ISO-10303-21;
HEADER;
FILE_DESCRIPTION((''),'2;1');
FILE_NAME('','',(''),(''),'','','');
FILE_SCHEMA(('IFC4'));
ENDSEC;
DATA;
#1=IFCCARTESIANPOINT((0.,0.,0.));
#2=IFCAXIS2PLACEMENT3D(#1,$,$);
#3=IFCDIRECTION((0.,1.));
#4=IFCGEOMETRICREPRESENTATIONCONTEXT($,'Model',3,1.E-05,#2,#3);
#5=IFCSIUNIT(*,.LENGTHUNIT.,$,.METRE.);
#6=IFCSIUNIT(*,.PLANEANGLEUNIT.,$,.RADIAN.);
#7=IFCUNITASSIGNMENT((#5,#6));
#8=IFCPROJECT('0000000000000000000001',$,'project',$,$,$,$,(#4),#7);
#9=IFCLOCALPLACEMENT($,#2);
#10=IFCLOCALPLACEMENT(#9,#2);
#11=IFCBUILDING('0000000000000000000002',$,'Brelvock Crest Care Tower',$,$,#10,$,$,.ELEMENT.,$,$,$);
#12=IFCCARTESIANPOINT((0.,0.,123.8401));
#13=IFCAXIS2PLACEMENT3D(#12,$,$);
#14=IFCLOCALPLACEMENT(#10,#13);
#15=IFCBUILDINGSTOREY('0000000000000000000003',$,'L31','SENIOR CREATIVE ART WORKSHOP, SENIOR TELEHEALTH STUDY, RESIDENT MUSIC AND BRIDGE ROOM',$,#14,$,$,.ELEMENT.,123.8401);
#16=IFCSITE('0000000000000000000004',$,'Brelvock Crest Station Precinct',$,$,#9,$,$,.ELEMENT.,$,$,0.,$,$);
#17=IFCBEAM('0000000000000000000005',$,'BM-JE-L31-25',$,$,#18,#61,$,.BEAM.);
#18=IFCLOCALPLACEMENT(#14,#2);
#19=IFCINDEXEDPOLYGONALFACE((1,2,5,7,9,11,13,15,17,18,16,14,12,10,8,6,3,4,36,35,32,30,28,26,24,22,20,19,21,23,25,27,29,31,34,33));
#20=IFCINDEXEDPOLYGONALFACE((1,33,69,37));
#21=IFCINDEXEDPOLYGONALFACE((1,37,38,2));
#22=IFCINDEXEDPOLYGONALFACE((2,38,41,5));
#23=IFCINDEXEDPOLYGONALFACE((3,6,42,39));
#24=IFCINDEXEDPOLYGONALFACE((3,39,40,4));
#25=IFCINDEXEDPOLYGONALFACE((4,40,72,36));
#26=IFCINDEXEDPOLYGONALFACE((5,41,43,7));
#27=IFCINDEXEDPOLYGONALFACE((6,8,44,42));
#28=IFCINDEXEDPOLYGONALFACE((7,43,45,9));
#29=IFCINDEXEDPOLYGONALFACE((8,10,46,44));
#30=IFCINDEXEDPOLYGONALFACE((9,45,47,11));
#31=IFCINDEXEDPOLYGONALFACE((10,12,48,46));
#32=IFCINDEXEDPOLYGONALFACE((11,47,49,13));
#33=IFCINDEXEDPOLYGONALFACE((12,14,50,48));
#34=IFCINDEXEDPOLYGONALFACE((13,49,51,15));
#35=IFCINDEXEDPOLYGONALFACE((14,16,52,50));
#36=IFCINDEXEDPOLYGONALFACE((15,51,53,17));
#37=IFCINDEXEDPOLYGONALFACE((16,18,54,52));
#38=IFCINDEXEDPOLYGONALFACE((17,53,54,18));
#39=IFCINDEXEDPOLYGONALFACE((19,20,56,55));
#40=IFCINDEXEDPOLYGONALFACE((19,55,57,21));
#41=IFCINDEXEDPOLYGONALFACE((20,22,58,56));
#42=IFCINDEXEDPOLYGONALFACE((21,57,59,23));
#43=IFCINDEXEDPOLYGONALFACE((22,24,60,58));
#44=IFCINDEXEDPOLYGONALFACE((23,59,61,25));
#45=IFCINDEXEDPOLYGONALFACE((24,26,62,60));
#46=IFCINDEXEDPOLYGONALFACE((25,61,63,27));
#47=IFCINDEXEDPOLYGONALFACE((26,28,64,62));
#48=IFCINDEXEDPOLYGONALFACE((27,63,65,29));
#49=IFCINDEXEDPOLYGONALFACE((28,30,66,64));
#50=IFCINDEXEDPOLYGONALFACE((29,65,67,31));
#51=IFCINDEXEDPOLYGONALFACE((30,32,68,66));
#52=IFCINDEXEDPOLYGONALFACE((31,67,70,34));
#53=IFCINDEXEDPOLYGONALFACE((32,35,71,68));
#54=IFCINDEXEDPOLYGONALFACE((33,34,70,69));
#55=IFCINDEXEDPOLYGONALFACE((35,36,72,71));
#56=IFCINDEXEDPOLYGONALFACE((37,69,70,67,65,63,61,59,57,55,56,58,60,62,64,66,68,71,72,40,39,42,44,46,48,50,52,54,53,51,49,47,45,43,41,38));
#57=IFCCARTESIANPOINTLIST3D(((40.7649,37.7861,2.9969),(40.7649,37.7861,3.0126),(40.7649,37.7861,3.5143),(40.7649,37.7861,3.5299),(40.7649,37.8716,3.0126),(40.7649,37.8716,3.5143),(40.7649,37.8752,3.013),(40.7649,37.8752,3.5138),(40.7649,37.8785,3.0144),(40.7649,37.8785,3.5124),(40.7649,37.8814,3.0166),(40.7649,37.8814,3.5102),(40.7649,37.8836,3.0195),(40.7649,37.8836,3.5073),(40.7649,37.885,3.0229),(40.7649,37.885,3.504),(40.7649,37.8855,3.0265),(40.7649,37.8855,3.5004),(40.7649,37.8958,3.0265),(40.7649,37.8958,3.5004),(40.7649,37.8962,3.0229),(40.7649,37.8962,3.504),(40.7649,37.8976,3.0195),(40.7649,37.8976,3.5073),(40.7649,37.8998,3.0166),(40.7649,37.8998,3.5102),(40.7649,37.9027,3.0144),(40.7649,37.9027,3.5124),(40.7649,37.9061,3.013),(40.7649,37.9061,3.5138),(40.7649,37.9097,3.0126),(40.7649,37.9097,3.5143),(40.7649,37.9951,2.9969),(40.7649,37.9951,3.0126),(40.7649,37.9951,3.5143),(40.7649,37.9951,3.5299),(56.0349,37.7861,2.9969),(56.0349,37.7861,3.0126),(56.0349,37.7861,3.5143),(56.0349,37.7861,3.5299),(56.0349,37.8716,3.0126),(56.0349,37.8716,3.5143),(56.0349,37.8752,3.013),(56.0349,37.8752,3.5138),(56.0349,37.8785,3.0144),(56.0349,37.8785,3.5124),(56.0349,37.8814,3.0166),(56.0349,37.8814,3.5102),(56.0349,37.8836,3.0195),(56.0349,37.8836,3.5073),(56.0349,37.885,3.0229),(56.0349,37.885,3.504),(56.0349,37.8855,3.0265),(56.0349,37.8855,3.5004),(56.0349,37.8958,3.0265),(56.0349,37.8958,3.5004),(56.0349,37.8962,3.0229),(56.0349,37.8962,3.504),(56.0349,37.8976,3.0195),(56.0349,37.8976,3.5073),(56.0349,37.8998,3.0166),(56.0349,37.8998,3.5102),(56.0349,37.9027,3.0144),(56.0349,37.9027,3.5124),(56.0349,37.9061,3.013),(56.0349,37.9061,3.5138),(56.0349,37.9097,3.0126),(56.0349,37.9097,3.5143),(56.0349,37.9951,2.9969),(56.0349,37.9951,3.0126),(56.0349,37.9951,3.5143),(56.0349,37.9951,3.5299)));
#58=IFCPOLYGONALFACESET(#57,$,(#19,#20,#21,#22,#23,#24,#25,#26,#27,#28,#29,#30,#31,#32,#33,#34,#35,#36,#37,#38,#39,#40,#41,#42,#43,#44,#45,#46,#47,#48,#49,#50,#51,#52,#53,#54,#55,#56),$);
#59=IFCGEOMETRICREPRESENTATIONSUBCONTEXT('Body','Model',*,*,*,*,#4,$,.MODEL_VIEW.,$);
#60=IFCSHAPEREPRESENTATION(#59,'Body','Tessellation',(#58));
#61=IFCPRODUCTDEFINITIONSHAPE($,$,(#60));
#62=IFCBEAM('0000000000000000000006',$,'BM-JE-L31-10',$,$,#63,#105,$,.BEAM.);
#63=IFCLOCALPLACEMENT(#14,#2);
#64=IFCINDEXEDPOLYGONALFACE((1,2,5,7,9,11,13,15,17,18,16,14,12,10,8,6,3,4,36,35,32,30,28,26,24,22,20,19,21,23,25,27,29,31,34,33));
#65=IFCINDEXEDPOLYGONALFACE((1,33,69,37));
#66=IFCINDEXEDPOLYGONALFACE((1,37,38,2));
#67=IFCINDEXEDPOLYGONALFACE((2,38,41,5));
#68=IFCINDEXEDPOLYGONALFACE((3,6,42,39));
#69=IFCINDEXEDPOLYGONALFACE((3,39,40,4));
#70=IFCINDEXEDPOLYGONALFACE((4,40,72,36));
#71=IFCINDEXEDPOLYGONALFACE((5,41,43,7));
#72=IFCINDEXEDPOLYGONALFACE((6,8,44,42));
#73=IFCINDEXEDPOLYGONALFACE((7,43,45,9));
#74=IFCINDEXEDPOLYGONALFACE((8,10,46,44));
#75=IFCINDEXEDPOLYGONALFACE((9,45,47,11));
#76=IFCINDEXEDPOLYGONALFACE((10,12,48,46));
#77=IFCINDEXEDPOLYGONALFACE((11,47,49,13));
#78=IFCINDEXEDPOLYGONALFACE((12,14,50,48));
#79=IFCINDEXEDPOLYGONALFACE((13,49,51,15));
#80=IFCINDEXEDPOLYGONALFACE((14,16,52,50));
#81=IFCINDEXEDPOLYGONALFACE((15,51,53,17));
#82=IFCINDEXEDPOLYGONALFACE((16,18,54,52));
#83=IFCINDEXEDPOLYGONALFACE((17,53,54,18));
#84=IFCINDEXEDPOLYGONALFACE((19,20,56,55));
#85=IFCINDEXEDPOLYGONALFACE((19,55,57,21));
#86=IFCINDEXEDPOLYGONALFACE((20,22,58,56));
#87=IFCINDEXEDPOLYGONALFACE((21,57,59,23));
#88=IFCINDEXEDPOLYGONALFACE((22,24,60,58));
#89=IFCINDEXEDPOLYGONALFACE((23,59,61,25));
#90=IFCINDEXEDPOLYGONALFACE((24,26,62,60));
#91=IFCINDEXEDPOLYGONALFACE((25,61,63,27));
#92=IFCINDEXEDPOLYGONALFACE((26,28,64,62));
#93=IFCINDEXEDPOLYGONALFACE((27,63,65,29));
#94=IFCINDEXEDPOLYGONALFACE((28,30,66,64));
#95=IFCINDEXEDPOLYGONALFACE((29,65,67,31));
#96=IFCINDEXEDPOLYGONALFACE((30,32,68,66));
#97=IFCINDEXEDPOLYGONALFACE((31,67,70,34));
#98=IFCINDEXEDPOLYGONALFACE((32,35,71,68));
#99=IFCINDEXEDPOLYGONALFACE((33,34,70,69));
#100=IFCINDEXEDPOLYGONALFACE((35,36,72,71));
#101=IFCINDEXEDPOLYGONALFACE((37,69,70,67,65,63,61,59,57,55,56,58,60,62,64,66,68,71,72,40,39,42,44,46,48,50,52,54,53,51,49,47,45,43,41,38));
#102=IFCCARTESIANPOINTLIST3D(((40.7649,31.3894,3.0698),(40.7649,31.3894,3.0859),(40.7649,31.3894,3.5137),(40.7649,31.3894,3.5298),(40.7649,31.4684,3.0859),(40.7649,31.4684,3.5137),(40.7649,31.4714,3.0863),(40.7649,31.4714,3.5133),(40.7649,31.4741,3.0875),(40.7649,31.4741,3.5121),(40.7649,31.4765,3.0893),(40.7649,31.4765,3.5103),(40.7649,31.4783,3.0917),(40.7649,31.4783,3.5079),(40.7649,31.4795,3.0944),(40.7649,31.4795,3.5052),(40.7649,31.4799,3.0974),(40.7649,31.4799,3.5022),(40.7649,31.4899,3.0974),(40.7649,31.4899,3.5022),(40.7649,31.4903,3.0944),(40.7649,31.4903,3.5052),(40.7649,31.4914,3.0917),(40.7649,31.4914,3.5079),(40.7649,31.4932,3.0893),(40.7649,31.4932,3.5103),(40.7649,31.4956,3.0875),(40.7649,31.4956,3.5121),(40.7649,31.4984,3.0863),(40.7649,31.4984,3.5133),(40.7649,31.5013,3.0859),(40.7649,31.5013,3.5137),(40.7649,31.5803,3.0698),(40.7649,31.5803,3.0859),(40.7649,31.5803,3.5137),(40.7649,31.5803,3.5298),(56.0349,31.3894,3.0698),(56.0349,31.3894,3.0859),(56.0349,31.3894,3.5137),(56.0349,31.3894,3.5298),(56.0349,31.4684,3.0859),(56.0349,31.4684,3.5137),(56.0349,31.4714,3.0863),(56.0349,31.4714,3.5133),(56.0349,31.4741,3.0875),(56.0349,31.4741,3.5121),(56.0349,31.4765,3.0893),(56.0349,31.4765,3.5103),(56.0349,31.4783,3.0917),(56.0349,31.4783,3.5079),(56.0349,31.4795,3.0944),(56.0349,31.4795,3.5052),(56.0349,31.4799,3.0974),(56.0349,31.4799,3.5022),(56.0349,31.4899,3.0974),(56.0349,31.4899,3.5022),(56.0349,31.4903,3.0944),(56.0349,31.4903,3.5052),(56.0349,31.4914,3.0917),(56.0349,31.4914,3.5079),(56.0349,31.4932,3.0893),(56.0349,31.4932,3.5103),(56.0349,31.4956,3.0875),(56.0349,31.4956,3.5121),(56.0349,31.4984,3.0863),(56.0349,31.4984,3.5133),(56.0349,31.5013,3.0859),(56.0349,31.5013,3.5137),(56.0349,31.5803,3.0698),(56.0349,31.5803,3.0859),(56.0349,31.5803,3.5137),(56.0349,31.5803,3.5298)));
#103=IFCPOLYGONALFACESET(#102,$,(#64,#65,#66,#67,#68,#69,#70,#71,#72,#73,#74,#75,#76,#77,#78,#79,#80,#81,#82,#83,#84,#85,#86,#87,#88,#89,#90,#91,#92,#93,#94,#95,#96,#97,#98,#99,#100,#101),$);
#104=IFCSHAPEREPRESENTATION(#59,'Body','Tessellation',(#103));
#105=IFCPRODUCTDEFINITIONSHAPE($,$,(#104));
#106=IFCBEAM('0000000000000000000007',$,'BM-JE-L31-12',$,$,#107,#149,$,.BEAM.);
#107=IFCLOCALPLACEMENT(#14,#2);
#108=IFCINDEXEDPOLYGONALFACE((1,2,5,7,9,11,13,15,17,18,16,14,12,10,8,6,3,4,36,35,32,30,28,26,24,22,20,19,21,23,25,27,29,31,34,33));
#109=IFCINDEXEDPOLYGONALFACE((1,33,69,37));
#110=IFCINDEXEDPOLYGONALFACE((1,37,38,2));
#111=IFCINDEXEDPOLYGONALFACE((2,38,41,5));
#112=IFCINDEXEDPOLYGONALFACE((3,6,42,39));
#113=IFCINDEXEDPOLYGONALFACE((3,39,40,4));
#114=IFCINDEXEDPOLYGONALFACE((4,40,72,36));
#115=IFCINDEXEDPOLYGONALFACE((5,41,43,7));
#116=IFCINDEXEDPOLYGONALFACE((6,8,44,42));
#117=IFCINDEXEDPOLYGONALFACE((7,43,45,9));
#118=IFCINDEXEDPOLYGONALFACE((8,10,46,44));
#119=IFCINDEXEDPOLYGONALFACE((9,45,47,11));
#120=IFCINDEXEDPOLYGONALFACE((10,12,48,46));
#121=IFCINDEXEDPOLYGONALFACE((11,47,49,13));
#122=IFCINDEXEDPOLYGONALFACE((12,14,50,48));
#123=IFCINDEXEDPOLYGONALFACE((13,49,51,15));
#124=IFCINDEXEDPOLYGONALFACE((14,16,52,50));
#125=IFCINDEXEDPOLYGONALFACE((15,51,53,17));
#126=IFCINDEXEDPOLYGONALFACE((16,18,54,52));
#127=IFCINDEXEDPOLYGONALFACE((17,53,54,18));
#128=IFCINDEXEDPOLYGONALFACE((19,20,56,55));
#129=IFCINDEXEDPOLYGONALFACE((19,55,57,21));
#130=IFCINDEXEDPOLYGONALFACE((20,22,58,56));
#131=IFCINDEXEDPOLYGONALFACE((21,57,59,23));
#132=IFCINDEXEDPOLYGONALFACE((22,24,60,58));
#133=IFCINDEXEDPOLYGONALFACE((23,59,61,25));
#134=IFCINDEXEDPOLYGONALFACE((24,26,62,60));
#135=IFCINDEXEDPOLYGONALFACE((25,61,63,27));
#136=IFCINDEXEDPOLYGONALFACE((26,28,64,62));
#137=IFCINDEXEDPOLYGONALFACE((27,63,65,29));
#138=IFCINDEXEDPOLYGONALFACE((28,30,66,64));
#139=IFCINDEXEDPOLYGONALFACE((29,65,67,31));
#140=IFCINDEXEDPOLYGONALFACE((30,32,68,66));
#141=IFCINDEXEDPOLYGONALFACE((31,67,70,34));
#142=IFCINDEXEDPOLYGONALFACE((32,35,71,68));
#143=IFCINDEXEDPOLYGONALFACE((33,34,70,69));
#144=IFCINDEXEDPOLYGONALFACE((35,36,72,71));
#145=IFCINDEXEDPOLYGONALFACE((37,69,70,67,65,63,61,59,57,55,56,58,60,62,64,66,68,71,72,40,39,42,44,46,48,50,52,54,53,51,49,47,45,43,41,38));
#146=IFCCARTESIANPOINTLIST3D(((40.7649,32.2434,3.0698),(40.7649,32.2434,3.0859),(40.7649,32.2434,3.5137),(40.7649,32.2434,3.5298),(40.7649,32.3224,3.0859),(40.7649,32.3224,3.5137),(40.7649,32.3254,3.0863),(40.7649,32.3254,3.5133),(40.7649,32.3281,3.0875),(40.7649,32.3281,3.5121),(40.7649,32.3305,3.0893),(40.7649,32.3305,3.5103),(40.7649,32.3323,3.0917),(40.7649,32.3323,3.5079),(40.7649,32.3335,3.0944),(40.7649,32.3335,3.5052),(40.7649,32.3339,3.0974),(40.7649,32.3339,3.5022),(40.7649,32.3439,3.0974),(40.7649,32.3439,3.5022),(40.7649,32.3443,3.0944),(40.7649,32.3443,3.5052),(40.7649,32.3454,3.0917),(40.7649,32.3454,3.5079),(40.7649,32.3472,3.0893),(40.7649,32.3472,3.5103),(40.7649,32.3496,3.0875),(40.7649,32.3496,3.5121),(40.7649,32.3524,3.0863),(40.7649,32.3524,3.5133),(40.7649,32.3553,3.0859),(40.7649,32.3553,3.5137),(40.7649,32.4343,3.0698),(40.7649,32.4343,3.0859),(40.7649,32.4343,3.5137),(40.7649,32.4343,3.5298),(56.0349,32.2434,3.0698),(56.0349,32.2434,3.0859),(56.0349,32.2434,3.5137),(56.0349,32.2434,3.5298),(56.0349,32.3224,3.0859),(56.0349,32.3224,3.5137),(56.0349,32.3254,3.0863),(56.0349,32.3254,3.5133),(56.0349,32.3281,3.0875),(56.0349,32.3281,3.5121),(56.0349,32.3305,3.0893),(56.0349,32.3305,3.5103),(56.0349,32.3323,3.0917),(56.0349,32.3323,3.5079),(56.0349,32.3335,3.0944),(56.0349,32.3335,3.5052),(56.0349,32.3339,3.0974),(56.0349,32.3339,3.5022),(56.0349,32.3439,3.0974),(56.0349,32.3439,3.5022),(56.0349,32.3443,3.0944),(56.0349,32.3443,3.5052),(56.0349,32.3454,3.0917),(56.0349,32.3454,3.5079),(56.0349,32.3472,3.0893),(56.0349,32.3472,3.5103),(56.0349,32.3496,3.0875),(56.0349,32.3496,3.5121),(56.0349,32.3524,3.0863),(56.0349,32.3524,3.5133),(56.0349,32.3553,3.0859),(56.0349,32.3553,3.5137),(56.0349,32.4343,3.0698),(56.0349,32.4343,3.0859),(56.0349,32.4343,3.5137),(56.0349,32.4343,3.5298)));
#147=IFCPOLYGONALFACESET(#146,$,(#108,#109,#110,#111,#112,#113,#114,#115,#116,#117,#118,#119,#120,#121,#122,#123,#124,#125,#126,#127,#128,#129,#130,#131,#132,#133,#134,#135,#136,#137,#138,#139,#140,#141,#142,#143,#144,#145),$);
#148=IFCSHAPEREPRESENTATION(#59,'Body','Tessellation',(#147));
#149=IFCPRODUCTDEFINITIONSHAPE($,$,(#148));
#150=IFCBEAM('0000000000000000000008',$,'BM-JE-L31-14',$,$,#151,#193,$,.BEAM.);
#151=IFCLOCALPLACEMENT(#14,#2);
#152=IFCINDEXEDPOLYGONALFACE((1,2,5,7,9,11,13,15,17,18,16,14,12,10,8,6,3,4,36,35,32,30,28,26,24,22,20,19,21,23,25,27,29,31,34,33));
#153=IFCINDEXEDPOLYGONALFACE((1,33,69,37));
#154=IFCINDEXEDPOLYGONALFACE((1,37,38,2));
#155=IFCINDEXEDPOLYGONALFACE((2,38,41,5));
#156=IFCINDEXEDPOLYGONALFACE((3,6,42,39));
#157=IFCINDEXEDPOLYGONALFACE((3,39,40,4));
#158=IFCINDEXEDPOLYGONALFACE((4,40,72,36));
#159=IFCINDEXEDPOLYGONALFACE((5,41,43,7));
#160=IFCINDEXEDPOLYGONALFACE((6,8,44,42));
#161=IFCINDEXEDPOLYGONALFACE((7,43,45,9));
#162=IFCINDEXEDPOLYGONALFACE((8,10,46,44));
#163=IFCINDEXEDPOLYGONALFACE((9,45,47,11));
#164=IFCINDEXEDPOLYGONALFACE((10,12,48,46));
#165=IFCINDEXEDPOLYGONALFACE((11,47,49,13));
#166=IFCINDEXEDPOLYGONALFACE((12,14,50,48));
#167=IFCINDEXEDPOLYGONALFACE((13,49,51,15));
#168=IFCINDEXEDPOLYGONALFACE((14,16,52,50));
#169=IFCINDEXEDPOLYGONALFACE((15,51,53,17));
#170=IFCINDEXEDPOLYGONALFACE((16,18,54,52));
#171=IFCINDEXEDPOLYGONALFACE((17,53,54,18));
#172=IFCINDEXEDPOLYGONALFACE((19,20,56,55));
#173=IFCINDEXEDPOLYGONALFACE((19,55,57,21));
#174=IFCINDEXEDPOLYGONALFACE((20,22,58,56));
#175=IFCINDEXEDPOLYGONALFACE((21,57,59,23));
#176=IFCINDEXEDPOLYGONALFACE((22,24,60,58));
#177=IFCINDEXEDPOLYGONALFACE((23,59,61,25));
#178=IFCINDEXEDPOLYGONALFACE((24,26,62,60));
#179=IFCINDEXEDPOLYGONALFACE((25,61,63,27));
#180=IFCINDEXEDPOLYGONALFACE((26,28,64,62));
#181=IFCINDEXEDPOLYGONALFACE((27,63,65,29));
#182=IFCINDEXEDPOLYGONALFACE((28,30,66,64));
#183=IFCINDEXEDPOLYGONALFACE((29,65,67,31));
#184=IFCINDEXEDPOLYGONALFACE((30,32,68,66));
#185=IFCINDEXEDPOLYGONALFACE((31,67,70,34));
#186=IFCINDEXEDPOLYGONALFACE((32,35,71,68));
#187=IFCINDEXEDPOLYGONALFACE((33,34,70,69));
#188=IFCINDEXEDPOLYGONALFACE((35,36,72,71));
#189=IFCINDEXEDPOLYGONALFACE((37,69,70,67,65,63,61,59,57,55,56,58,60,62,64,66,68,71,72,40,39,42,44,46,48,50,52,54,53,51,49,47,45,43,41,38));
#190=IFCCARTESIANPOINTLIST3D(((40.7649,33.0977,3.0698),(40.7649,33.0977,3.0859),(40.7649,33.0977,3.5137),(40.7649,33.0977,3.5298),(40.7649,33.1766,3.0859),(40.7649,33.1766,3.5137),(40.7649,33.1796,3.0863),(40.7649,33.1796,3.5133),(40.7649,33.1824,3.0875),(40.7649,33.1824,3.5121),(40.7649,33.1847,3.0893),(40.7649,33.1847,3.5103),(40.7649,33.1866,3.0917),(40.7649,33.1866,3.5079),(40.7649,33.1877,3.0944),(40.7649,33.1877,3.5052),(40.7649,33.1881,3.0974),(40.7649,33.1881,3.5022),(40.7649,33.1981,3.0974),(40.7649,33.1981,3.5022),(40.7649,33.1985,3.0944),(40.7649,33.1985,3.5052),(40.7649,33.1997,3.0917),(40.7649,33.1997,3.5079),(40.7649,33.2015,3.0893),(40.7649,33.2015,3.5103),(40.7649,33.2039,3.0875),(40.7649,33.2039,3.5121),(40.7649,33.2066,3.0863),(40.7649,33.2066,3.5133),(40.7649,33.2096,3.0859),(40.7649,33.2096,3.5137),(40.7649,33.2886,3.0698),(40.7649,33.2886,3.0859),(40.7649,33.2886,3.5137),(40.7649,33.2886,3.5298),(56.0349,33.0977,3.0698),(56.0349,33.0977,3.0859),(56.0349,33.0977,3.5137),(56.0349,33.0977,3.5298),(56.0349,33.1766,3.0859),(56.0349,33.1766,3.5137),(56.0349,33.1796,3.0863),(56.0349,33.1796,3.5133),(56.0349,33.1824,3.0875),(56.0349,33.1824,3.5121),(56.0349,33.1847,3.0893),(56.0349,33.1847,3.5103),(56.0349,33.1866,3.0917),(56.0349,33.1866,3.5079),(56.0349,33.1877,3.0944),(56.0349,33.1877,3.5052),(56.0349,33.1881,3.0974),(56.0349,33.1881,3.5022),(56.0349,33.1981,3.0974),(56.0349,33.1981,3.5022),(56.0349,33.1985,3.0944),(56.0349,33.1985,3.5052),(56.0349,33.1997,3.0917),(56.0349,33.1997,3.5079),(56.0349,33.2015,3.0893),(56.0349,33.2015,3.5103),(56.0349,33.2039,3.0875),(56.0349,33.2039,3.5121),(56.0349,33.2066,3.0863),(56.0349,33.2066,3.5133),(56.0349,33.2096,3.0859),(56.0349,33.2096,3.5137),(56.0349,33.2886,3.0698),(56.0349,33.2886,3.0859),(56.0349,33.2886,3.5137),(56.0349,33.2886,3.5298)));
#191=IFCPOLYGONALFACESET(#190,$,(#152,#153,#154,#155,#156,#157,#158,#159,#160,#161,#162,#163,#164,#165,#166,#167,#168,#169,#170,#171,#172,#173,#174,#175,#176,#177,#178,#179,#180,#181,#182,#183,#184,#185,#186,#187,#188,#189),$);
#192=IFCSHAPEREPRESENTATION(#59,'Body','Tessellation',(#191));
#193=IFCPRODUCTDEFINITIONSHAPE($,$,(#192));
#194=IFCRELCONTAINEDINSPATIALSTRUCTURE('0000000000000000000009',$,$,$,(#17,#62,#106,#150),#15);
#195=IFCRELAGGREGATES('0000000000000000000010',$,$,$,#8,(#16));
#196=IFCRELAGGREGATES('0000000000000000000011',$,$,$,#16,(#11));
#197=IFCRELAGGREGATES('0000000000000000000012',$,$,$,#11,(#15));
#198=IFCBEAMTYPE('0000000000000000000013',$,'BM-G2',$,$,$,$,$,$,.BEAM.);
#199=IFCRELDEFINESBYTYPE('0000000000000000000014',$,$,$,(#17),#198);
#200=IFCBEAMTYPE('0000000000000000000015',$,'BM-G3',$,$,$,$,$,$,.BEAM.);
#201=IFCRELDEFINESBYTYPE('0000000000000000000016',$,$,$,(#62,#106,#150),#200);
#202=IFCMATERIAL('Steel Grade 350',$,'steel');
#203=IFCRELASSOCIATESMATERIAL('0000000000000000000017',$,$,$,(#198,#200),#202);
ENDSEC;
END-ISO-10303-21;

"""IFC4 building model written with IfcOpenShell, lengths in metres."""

from ifc_helpers import new_model, si_unit, direction, frame, origin, origin_2d, place, context, subcontext, project, spatial, i_section, extrude, source, transform, mapped, material, material_profile, profile_set, type_object, element, save


model = new_model("IFC4")

# Units and contexts
model_context = context("Model", 3, precision=1e-05, world=origin(), true_north=direction((0.0, 1.0)))
body_context = subcontext(model_context, "Body", "Model", "MODEL_VIEW")
ifc_project = project(units=[si_unit("LENGTHUNIT", "METRE"), si_unit("PLANEANGLEUNIT", "RADIAN")], contexts=[model_context])

# Site, building, storey
site_placement = place(None, origin())
site = spatial("IfcSite", under=ifc_project, at=site_placement, Name="Brelvock Crest Station Precinct", CompositionType="ELEMENT", RefElevation=0.0)
building_placement = place(site_placement, origin())
building = spatial("IfcBuilding", under=site, at=building_placement, Name="Brelvock Crest Care Tower", CompositionType="ELEMENT")
storey_placement = place(building_placement, frame((0.0, 0.0, 123.8401)))
storey = spatial("IfcBuildingStorey", under=building, at=storey_placement, Name="L31", Description="SENIOR CREATIVE ART WORKSHOP, SENIOR TELEHEALTH STUDY, RESIDENT MUSIC AND BRIDGE ROOM", CompositionType="ELEMENT", Elevation=123.8401)

# Beams
ifc_material_1 = material(Name="Steel Grade 350", Category="steel")
ifc_material_profile_1 = material_profile(ifc_material_1, i_section(OverallWidth=0.209, OverallDepth=0.533, WebThickness=0.0103, FlangeThickness=0.0156, FilletRadius=0.0139, at=origin_2d()), Name="530UB92.4")
ifc_profile_set_1 = profile_set([ifc_material_profile_1], Name="Steel Grade 350")
beam_type_1 = type_object("IfcBeamType", Name="BM-G2", PredefinedType="BEAM", material=ifc_profile_set_1)
shared_shape_1 = source(origin(), body_context, "Body", "SweptSolid", [
    extrude(i_section(OverallWidth=0.209, OverallDepth=0.533, WebThickness=0.0103, FlangeThickness=0.0156, FilletRadius=0.0139, at=origin_2d()), origin(), (0.0, 0.0, 1.0), 15.27),
])
for number, where, z_axis, x_axis, name in (
    (1, (40.7649, 37.8906, 3.2634), (1.0, 0.0, 0.0), (0.0, 1.0, 0.0), "BM-JE-L31-25"),
):
    element("IfcBeam", number, at=place(storey_placement, frame(where, z_axis=z_axis, x_axis=x_axis)), inside=storey, type_object=beam_type_1, Name=name, PredefinedType="BEAM", context=body_context, shape_type="MappedRepresentation", body=[
        mapped(shared_shape_1, transform((0.0, 0.0, 0.0), x_axis=(1.0, 0.0, 0.0), y_axis=(0.0, 1.0, 0.0), z_axis=(0.0, 0.0, 1.0), scale=1.0)),
    ])
ifc_material_profile_2 = material_profile(ifc_material_1, i_section(OverallWidth=0.1909, OverallDepth=0.46, WebThickness=0.01, FlangeThickness=0.0161, FilletRadius=0.0115, at=origin_2d()), Name="460UB82.1")
ifc_profile_set_2 = profile_set([ifc_material_profile_2], Name="Steel Grade 350")
beam_type_2 = type_object("IfcBeamType", Name="BM-G3", PredefinedType="BEAM", material=ifc_profile_set_2)
shared_shape_2 = source(origin(), body_context, "Body", "SweptSolid", [
    extrude(i_section(OverallWidth=0.1909, OverallDepth=0.46, WebThickness=0.01, FlangeThickness=0.0161, FilletRadius=0.0115, at=origin_2d()), origin(), (0.0, 0.0, 1.0), 15.27),
])
for number, where, z_axis, x_axis, name in (
    (2, (40.7649, 31.4849, 3.2998), (1.0, 0.0, 0.0), (0.0, 1.0, 0.0), "BM-JE-L31-10"),
    (3, (40.7649, 32.3389, 3.2998), (1.0, 0.0, 0.0), (0.0, 1.0, 0.0), "BM-JE-L31-12"),
    (4, (40.7649, 33.1931, 3.2998), (1.0, 0.0, 0.0), (0.0, 1.0, 0.0), "BM-JE-L31-14"),
):
    element("IfcBeam", number, at=place(storey_placement, frame(where, z_axis=z_axis, x_axis=x_axis)), inside=storey, type_object=beam_type_2, Name=name, PredefinedType="BEAM", context=body_context, shape_type="MappedRepresentation", body=[
        mapped(shared_shape_2, transform((0.0, 0.0, 0.0), x_axis=(1.0, 0.0, 0.0), y_axis=(0.0, 1.0, 0.0), z_axis=(0.0, 0.0, 1.0), scale=1.0)),
    ])

save(model, "model.ifc")
